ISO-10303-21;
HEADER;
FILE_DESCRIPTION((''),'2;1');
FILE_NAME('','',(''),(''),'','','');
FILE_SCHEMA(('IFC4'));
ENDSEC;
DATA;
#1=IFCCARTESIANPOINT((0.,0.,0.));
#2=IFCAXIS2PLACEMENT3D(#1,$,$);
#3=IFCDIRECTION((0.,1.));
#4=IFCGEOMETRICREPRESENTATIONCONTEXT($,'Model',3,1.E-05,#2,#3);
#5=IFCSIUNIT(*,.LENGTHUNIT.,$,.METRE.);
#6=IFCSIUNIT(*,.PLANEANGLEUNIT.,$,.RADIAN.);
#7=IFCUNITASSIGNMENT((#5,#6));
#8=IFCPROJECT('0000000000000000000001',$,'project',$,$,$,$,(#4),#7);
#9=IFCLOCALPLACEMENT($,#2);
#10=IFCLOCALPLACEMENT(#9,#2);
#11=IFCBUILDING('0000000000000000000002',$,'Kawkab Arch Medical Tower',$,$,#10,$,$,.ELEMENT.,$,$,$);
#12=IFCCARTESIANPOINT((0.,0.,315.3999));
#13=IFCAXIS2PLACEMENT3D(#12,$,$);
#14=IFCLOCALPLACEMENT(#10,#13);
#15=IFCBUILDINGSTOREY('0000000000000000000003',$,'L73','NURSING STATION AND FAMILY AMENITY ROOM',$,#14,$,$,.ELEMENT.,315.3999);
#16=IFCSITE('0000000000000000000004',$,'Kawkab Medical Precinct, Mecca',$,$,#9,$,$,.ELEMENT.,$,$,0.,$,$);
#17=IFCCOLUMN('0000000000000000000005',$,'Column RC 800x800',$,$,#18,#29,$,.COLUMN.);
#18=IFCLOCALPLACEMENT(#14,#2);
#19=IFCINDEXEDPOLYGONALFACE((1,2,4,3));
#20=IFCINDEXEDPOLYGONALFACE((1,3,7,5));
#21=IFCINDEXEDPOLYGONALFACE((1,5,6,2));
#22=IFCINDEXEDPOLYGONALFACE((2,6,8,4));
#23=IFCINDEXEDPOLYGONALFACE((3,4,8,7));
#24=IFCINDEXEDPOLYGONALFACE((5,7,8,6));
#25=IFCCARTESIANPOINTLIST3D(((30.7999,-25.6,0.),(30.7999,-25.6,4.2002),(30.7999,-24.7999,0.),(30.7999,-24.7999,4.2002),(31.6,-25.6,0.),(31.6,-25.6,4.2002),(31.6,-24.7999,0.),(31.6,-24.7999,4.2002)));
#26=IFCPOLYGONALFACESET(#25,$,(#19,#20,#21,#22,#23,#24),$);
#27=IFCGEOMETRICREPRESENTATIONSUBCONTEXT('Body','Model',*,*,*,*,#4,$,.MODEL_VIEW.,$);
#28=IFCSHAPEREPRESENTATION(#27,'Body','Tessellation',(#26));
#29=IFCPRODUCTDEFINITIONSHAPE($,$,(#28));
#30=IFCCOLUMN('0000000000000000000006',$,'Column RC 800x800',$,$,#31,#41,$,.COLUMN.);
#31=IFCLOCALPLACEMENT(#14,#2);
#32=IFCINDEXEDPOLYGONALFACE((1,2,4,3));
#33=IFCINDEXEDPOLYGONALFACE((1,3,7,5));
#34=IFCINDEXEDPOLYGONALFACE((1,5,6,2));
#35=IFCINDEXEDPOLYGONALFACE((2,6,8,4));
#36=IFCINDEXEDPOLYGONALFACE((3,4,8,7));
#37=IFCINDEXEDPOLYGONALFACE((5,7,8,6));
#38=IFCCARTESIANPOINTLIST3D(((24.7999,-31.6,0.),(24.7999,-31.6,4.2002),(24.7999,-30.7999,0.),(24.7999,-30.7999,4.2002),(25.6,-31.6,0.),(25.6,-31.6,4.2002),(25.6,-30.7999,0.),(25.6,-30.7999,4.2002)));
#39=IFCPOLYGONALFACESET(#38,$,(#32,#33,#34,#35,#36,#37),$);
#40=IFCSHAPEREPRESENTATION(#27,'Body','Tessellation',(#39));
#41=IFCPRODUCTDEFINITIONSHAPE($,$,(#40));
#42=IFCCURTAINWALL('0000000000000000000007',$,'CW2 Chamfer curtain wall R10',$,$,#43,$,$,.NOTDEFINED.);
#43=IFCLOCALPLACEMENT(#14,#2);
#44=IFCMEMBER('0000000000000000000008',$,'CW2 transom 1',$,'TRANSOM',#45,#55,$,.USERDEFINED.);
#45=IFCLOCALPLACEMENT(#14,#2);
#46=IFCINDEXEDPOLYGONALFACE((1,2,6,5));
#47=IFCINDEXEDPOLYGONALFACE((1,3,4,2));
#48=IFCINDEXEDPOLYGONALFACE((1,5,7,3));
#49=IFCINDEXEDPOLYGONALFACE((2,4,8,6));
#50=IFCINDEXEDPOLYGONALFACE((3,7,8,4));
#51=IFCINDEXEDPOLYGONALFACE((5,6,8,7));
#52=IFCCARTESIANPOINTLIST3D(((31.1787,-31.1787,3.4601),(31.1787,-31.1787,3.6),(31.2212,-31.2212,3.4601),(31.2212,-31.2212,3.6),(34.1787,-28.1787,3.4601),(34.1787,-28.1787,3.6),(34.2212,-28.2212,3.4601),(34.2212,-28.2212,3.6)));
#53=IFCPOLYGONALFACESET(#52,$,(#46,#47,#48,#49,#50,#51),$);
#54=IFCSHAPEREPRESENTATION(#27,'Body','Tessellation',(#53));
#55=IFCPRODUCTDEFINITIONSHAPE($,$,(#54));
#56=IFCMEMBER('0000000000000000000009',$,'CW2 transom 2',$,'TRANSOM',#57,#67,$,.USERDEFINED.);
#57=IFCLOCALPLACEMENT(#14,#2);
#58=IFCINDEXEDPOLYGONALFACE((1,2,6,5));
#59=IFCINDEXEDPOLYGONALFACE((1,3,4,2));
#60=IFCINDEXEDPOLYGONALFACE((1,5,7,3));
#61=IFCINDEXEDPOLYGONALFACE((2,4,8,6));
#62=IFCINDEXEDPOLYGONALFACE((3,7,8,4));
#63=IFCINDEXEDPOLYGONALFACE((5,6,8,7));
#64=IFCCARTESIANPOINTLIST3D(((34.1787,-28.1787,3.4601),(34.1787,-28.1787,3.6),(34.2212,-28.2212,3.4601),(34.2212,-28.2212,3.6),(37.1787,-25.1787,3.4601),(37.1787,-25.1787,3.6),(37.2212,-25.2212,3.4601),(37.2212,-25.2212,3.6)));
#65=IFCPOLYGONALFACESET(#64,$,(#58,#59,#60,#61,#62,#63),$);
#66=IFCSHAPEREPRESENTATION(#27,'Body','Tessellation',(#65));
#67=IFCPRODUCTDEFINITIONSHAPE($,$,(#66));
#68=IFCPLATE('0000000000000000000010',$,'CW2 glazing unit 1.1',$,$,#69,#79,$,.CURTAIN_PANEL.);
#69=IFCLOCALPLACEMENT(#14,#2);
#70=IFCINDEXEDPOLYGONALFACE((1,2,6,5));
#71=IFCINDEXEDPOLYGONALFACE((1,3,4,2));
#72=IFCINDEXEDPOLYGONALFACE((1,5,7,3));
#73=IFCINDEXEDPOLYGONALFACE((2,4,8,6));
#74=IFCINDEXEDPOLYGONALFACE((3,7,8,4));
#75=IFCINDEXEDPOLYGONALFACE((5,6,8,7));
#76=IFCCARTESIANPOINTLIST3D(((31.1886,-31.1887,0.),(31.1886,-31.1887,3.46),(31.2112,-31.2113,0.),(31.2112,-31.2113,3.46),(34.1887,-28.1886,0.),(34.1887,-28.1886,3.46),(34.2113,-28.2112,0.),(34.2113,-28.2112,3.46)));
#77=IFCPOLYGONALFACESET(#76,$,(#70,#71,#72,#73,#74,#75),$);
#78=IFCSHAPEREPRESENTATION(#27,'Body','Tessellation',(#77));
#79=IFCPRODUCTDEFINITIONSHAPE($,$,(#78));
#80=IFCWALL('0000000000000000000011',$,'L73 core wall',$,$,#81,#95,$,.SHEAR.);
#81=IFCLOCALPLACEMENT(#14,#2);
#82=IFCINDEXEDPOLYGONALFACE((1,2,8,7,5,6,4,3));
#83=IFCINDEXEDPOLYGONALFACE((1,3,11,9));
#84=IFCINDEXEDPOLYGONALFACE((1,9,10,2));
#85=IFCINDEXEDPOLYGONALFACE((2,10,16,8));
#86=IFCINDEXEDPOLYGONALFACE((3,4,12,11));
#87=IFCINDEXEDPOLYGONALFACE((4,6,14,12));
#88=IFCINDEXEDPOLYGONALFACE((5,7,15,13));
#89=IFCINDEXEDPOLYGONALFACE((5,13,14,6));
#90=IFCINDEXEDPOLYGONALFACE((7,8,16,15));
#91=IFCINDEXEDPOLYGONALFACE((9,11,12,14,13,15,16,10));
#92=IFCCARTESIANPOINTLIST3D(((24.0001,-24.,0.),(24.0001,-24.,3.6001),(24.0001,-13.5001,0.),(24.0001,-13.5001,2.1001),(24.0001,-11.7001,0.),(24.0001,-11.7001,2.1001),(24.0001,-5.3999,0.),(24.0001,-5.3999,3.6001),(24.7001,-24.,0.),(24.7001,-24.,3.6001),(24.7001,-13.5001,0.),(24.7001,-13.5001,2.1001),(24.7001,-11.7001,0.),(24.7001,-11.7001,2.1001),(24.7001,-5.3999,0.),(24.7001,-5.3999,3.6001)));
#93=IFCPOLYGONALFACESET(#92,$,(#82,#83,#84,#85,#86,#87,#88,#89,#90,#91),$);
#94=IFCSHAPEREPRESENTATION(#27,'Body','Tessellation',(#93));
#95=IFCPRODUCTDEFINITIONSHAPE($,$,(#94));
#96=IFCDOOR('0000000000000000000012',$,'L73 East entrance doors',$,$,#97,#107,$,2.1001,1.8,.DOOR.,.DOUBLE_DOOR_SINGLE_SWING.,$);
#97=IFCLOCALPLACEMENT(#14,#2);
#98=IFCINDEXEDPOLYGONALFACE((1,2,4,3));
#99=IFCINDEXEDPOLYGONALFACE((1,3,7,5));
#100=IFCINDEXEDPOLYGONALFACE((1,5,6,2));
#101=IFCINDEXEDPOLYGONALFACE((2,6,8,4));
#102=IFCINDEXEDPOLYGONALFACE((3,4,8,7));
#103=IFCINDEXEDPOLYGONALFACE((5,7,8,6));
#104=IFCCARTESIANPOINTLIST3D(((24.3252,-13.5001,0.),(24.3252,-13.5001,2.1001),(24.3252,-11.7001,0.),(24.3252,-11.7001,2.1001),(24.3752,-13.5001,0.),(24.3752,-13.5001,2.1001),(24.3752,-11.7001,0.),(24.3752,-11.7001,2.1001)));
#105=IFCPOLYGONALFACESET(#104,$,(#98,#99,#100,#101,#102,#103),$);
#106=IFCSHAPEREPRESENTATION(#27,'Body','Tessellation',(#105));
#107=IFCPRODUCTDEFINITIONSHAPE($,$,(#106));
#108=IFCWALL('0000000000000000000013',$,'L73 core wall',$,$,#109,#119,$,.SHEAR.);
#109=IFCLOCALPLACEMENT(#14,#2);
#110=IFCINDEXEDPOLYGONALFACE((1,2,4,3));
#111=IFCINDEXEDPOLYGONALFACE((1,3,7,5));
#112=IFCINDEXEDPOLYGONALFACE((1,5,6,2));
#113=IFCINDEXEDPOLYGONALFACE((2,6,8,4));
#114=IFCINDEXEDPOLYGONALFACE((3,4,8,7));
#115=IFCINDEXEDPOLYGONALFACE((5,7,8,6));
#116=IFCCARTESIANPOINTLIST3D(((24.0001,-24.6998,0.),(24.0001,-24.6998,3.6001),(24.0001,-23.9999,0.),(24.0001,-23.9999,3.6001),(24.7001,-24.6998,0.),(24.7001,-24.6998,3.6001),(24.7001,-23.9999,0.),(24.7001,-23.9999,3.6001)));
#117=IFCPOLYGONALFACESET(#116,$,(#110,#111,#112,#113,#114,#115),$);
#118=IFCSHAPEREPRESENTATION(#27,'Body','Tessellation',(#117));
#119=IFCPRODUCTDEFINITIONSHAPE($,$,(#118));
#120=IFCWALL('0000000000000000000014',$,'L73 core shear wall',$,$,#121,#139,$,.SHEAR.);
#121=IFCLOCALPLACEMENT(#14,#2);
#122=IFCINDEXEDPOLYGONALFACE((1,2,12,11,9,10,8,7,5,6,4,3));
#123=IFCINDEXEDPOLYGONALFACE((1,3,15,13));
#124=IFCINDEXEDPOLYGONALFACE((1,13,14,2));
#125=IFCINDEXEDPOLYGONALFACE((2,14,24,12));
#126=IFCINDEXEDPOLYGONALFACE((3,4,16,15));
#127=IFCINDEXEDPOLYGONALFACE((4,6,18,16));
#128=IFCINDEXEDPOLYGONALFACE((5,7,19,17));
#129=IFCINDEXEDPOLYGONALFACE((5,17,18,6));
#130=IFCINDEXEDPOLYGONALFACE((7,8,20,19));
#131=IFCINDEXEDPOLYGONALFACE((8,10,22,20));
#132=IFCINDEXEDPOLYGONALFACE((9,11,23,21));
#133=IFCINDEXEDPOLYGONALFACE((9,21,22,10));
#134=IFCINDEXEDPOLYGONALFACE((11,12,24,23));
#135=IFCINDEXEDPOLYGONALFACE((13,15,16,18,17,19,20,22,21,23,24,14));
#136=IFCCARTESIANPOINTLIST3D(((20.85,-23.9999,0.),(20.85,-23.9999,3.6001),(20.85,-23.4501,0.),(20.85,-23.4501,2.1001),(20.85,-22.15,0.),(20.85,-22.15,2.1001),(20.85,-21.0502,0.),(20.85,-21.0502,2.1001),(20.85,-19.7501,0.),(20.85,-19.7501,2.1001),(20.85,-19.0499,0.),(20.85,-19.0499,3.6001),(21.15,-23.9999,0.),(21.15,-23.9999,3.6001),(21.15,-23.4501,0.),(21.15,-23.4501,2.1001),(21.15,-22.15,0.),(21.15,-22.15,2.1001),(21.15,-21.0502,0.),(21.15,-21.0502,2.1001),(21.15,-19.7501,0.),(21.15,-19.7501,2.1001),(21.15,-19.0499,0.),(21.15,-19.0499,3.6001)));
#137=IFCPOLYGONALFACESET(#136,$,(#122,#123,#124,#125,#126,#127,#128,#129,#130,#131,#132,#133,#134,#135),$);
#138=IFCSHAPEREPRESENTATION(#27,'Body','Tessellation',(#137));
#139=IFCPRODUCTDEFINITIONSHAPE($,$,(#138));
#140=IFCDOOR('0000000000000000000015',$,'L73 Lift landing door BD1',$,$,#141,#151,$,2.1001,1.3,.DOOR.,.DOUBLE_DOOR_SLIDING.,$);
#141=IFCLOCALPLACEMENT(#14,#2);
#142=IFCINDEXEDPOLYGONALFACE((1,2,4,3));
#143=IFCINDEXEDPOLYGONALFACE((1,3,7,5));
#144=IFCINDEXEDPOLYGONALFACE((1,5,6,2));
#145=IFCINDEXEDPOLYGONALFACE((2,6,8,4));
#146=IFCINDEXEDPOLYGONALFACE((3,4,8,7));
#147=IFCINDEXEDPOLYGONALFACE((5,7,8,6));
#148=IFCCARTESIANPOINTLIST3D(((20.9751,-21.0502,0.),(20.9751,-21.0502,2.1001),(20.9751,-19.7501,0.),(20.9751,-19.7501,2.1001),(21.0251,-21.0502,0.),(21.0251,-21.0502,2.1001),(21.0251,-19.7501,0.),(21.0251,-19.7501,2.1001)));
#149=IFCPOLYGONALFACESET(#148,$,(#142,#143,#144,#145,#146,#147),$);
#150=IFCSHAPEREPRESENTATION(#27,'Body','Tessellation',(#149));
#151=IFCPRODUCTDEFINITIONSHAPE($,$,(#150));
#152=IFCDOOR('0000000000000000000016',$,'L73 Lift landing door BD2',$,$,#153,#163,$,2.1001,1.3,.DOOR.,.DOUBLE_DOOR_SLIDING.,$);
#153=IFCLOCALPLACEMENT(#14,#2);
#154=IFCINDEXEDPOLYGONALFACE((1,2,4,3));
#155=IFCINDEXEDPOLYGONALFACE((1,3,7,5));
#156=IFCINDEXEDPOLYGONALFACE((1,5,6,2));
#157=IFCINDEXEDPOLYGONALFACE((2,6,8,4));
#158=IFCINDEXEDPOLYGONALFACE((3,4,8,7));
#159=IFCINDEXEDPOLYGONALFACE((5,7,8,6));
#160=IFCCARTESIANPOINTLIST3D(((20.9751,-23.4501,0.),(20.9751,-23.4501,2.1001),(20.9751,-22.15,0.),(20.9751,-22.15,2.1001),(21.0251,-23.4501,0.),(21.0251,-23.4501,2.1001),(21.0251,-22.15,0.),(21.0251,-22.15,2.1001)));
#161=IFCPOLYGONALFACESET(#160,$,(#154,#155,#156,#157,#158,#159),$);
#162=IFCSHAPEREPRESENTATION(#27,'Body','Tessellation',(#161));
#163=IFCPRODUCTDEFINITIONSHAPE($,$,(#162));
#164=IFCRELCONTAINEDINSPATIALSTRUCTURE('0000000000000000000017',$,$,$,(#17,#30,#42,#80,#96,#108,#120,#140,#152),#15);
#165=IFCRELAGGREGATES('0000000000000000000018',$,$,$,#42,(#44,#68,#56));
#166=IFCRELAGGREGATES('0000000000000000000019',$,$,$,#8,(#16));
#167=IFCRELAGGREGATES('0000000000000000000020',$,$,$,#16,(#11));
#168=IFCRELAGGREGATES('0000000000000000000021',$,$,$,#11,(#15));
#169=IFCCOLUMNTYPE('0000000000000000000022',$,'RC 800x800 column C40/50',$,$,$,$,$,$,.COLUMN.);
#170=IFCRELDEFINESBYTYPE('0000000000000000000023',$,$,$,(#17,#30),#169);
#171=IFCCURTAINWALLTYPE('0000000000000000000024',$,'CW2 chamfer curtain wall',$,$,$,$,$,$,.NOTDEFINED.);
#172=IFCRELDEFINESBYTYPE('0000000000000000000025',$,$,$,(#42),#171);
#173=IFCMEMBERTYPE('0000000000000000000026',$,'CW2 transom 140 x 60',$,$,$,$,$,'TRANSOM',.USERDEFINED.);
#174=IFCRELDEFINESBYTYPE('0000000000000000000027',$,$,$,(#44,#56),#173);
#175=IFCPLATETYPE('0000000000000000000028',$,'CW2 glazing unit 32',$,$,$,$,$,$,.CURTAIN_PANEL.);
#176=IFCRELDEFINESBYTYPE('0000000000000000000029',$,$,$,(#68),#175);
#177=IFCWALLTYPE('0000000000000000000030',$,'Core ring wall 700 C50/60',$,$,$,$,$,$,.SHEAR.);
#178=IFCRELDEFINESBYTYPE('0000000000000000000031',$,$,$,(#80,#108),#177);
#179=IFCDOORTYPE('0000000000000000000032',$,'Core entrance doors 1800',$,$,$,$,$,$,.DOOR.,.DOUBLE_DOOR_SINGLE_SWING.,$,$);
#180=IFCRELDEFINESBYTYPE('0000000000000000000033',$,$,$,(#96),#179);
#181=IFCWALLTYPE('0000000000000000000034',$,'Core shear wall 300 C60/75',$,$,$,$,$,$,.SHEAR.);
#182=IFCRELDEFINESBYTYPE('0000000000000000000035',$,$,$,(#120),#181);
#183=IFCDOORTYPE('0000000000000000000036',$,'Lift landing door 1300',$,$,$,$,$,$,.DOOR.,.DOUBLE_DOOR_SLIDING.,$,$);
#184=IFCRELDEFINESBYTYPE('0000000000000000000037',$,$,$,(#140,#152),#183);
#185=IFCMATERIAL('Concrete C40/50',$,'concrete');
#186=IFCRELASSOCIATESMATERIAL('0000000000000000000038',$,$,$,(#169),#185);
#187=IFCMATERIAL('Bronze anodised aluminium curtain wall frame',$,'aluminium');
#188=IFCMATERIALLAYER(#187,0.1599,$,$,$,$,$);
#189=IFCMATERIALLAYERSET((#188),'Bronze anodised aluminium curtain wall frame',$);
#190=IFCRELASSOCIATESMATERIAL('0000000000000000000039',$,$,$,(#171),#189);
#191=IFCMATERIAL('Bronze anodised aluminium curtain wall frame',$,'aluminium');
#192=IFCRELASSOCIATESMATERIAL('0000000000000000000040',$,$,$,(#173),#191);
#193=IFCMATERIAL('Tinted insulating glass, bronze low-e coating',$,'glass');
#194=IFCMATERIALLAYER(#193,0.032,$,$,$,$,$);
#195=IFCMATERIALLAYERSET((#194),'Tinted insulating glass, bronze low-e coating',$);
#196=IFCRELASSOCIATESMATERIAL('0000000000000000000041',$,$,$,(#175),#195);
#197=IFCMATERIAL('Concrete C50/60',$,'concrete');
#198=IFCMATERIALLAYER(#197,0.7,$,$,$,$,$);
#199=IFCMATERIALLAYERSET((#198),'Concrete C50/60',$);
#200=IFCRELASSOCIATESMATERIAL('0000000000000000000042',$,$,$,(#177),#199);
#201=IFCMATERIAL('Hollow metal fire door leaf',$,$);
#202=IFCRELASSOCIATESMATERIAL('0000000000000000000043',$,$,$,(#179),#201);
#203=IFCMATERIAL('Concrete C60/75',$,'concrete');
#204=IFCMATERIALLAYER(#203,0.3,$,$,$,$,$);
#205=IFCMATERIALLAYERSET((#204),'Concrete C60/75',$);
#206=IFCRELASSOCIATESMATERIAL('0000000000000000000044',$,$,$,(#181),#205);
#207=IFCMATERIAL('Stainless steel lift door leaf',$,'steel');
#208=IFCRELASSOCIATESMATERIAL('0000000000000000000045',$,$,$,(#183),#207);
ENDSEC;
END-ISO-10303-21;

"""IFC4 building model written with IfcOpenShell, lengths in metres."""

from ifc_helpers import new_model, si_unit, direction, frame, frame_2d, origin, origin_2d, place, context, subcontext, project, spatial, rectangle, extrude, material, layer, layer_set, material_profile, profile_set, type_object, element, fill, aggregate, save


model = new_model("IFC4")

# Units and contexts
model_context = context("Model", 3, precision=1e-05, world=origin(), true_north=direction((0.0, 1.0)))
body_context = subcontext(model_context, "Body", "Model", "MODEL_VIEW")
ifc_project = project(units=[si_unit("LENGTHUNIT", "METRE"), si_unit("PLANEANGLEUNIT", "RADIAN")], contexts=[model_context])

# Site, building, storey
site_placement = place(None, origin())
site = spatial("IfcSite", under=ifc_project, at=site_placement, Name="Kawkab Medical Precinct, Mecca", CompositionType="ELEMENT", RefElevation=0.0)
building_placement = place(site_placement, origin())
building = spatial("IfcBuilding", under=site, at=building_placement, Name="Kawkab Arch Medical Tower", CompositionType="ELEMENT")
storey_placement = place(building_placement, frame((0.0, 0.0, 315.3999)))
storey = spatial("IfcBuildingStorey", under=building, at=storey_placement, Name="L73", Description="NURSING STATION AND FAMILY AMENITY ROOM", CompositionType="ELEMENT", Elevation=315.3999)

# Columns
ifc_material_1 = material(Name="Concrete C40/50", Category="concrete")
ifc_material_profile_1 = material_profile(ifc_material_1, rectangle(XDim=0.8, YDim=0.8, at=origin_2d()), Name="RC 800x800")
ifc_profile_set_1 = profile_set([ifc_material_profile_1], Name="Concrete C40/50")
column_type = type_object("IfcColumnType", Name="RC 800x800 column C40/50", PredefinedType="COLUMN", material=ifc_profile_set_1)
for number, where, z_axis, x_axis, name in (
    (1, (31.2, -25.2, 0.0), (0.0, 0.0, 1.0), (1.0, 0.0, 0.0), "Column RC 800x800"),
    (2, (25.2, -31.2, 0.0), (0.0, 0.0, 1.0), (1.0, 0.0, 0.0), "Column RC 800x800"),
):
    element("IfcColumn", number, at=place(storey_placement, frame(where, z_axis=z_axis, x_axis=x_axis)), inside=storey, type_object=column_type, Name=name, PredefinedType="COLUMN", context=body_context, shape_type="SweptSolid", body=[
        extrude(rectangle(XDim=0.8, YDim=0.8, at=origin_2d()), origin(), (0.0, 0.0, 1.0), 4.2002),
    ])

# Curtain wall, members, plate
ifc_material_2 = material(Name="Bronze anodised aluminium curtain wall frame", Category="aluminium")
ifc_layer_1 = layer(ifc_material_2, 0.1599)
ifc_layer_set_1 = layer_set([ifc_layer_1], Name="Bronze anodised aluminium curtain wall frame")
curtain_wall_type = type_object("IfcCurtainWallType", Name="CW2 chamfer curtain wall", PredefinedType="NOTDEFINED", material=ifc_layer_set_1)
curtain_wall_placement = place(storey_placement, origin())
curtain_wall = element("IfcCurtainWall", 3, at=curtain_wall_placement, inside=storey, type_object=curtain_wall_type, Name="CW2 Chamfer curtain wall R10", PredefinedType="NOTDEFINED")
ifc_material_3 = material(Name="Bronze anodised aluminium curtain wall frame", Category="aluminium")
ifc_material_profile_2 = material_profile(ifc_material_3, rectangle(XDim=0.0601, YDim=0.1399, at=origin_2d()), Name="AL 60x140")
ifc_profile_set_2 = profile_set([ifc_material_profile_2], Name="Bronze anodised aluminium curtain wall frame")
member_type = type_object("IfcMemberType", Name="CW2 transom 140 x 60", ElementType="TRANSOM", PredefinedType="USERDEFINED", material=ifc_profile_set_2)
member_1_placement = place(storey_placement, frame((31.2, -31.2, 3.53), z_axis=(0.707107, 0.707107, 0.0), x_axis=(-0.707107, 0.707107, 0.0)))
member_1 = element("IfcMember", 4, at=member_1_placement, type_object=member_type, Name="CW2 transom 1", ObjectType="TRANSOM", PredefinedType="USERDEFINED", context=body_context, shape_type="SweptSolid", body=[
    extrude(rectangle(XDim=0.0601, YDim=0.1399, at=origin_2d()), origin(), (0.0, 0.0, 1.0), 4.2427),
])
member_2_placement = place(storey_placement, frame((34.2, -28.2, 3.53), z_axis=(0.707107, 0.707107, 0.0), x_axis=(-0.707107, 0.707107, 0.0)))
member_2 = element("IfcMember", 5, at=member_2_placement, type_object=member_type, Name="CW2 transom 2", ObjectType="TRANSOM", PredefinedType="USERDEFINED", context=body_context, shape_type="SweptSolid", body=[
    extrude(rectangle(XDim=0.0601, YDim=0.1399, at=origin_2d()), origin(), (0.0, 0.0, 1.0), 4.2427),
])
ifc_material_4 = material(Name="Tinted insulating glass, bronze low-e coating", Category="glass")
ifc_layer_2 = layer(ifc_material_4, 0.032)
ifc_layer_set_2 = layer_set([ifc_layer_2], Name="Tinted insulating glass, bronze low-e coating")
plate_type = type_object("IfcPlateType", Name="CW2 glazing unit 32", PredefinedType="CURTAIN_PANEL", material=ifc_layer_set_2)
plate_placement = place(storey_placement, frame((32.7, -29.7, 0.0), z_axis=(0.0, 0.0, 1.0), x_axis=(0.707107, 0.707107, 0.0)))
plate = element("IfcPlate", 6, at=plate_placement, type_object=plate_type, Name="CW2 glazing unit 1.1", PredefinedType="CURTAIN_PANEL", context=body_context, shape_type="SweptSolid", body=[
    extrude(rectangle(XDim=4.2427, YDim=0.032, at=origin_2d()), origin(), (0.0, 0.0, 1.0), 3.46),
])
aggregate(curtain_wall, [member_1, plate, member_2])

# Wall, opening, door
ifc_material_5 = material(Name="Concrete C50/60", Category="concrete")
ifc_layer_3 = layer(ifc_material_5, 0.7)
ifc_layer_set_3 = layer_set([ifc_layer_3], Name="Concrete C50/60")
wall_type_1 = type_object("IfcWallType", Name="Core ring wall 700 C50/60", PredefinedType="SHEAR", material=ifc_layer_set_3)
wall_1_placement = place(storey_placement, frame((24.3501, -24.0, 0.0), z_axis=(0.0, 0.0, 1.0), x_axis=(0.0, 1.0, 0.0)))
wall_1 = element("IfcWall", 7, at=wall_1_placement, inside=storey, type_object=wall_type_1, Name="L73 core wall", PredefinedType="SHEAR", context=body_context, shape_type="SweptSolid", body=[
    extrude(rectangle(XDim=18.6001, YDim=0.7, at=frame_2d((9.3, 0.0))), origin(), (0.0, 0.0, 1.0), 3.6001),
])
opening_1_placement = place(wall_1_placement, frame((10.5, 0.0, 0.0)))
opening_1 = element("IfcOpeningElement", 8, at=opening_1_placement, cuts=wall_1, PredefinedType="OPENING", context=body_context, shape_type="SweptSolid", body=[
    extrude(rectangle(XDim=1.8, YDim=2.1001, at=frame_2d((0.8999, 1.05))), frame((0.0, 0.3599, 0.0), z_axis=(0.0, -1.0, 0.0), x_axis=(1.0, 0.0, 0.0)), (0.0, 0.0, 1.0), 0.72),
])
ifc_material_6 = material(Name="Hollow metal fire door leaf")
door_type_1 = type_object("IfcDoorType", Name="Core entrance doors 1800", OperationType="DOUBLE_DOOR_SINGLE_SWING", PredefinedType="DOOR", material=ifc_material_6)
door_1_placement = place(opening_1_placement, origin())
door_1 = element("IfcDoor", 9, at=door_1_placement, inside=storey, type_object=door_type_1, Name="L73 East entrance doors", OperationType="DOUBLE_DOOR_SINGLE_SWING", OverallHeight=2.1001, OverallWidth=1.8, PredefinedType="DOOR", context=body_context, shape_type="SweptSolid", body=[
    extrude(rectangle(XDim=1.8, YDim=2.1001, at=frame_2d((0.8999, 1.05))), frame((0.0, 0.0249, 0.0), z_axis=(0.0, -1.0, 0.0), x_axis=(1.0, 0.0, 0.0)), (0.0, 0.0, 1.0), 0.05),
])
fill(opening_1, door_1)

# Wall
wall_2_placement = place(storey_placement, frame((24.3501, -24.7, 0.0), z_axis=(0.0, 0.0, 1.0), x_axis=(0.0, 1.0, 0.0)))
element("IfcWall", 10, at=wall_2_placement, inside=storey, type_object=wall_type_1, Name="L73 core wall", PredefinedType="SHEAR", context=body_context, shape_type="SweptSolid", body=[
    extrude(rectangle(XDim=0.7, YDim=0.7, at=frame_2d((0.3501, 0.0))), origin(), (0.0, 0.0, 1.0), 3.6001),
])

# Wall, openings, doors
ifc_material_7 = material(Name="Concrete C60/75", Category="concrete")
ifc_layer_4 = layer(ifc_material_7, 0.3)
ifc_layer_set_4 = layer_set([ifc_layer_4], Name="Concrete C60/75")
wall_type_2 = type_object("IfcWallType", Name="Core shear wall 300 C60/75", PredefinedType="SHEAR", material=ifc_layer_set_4)
wall_3_placement = place(storey_placement, frame((21.0, -24.0, 0.0), z_axis=(0.0, 0.0, 1.0), x_axis=(0.0, 1.0, 0.0)))
wall_3 = element("IfcWall", 11, at=wall_3_placement, inside=storey, type_object=wall_type_2, Name="L73 core shear wall", PredefinedType="SHEAR", context=body_context, shape_type="SweptSolid", body=[
    extrude(rectangle(XDim=4.95, YDim=0.3, at=frame_2d((2.4751, 0.0))), origin(), (0.0, 0.0, 1.0), 3.6001),
])
opening_2_placement = place(wall_3_placement, frame((2.95, 0.0, 0.0)))
opening_2 = element("IfcOpeningElement", 12, at=opening_2_placement, cuts=wall_3, PredefinedType="OPENING", context=body_context, shape_type="SweptSolid", body=[
    extrude(rectangle(XDim=1.3, YDim=2.1001, at=frame_2d((0.6499, 1.05))), frame((0.0, 0.1599, 0.0), z_axis=(0.0, -1.0, 0.0), x_axis=(1.0, 0.0, 0.0)), (0.0, 0.0, 1.0), 0.3201),
])
opening_3_placement = place(wall_3_placement, frame((0.55, 0.0, 0.0)))
opening_3 = element("IfcOpeningElement", 13, at=opening_3_placement, cuts=wall_3, PredefinedType="OPENING", context=body_context, shape_type="SweptSolid", body=[
    extrude(rectangle(XDim=1.3, YDim=2.1001, at=frame_2d((0.6499, 1.05))), frame((0.0, 0.1599, 0.0), z_axis=(0.0, -1.0, 0.0), x_axis=(1.0, 0.0, 0.0)), (0.0, 0.0, 1.0), 0.3201),
])
ifc_material_8 = material(Name="Stainless steel lift door leaf", Category="steel")
door_type_2 = type_object("IfcDoorType", Name="Lift landing door 1300", OperationType="DOUBLE_DOOR_SLIDING", PredefinedType="DOOR", material=ifc_material_8)
door_2_placement = place(opening_2_placement, origin())
door_2 = element("IfcDoor", 14, at=door_2_placement, inside=storey, type_object=door_type_2, Name="L73 Lift landing door BD1", OperationType="DOUBLE_DOOR_SLIDING", OverallHeight=2.1001, OverallWidth=1.3, PredefinedType="DOOR", context=body_context, shape_type="SweptSolid", body=[
    extrude(rectangle(XDim=1.3, YDim=2.1001, at=frame_2d((0.6499, 1.05))), frame((0.0, 0.0249, 0.0), z_axis=(0.0, -1.0, 0.0), x_axis=(1.0, 0.0, 0.0)), (0.0, 0.0, 1.0), 0.05),
])
fill(opening_2, door_2)
door_3_placement = place(opening_3_placement, origin())
door_3 = element("IfcDoor", 15, at=door_3_placement, inside=storey, type_object=door_type_2, Name="L73 Lift landing door BD2", OperationType="DOUBLE_DOOR_SLIDING", OverallHeight=2.1001, OverallWidth=1.3, PredefinedType="DOOR", context=body_context, shape_type="SweptSolid", body=[
    extrude(rectangle(XDim=1.3, YDim=2.1001, at=frame_2d((0.6499, 1.05))), frame((0.0, 0.0249, 0.0), z_axis=(0.0, -1.0, 0.0), x_axis=(1.0, 0.0, 0.0)), (0.0, 0.0, 1.0), 0.05),
])
fill(opening_3, door_3)

save(model, "model.ifc")
